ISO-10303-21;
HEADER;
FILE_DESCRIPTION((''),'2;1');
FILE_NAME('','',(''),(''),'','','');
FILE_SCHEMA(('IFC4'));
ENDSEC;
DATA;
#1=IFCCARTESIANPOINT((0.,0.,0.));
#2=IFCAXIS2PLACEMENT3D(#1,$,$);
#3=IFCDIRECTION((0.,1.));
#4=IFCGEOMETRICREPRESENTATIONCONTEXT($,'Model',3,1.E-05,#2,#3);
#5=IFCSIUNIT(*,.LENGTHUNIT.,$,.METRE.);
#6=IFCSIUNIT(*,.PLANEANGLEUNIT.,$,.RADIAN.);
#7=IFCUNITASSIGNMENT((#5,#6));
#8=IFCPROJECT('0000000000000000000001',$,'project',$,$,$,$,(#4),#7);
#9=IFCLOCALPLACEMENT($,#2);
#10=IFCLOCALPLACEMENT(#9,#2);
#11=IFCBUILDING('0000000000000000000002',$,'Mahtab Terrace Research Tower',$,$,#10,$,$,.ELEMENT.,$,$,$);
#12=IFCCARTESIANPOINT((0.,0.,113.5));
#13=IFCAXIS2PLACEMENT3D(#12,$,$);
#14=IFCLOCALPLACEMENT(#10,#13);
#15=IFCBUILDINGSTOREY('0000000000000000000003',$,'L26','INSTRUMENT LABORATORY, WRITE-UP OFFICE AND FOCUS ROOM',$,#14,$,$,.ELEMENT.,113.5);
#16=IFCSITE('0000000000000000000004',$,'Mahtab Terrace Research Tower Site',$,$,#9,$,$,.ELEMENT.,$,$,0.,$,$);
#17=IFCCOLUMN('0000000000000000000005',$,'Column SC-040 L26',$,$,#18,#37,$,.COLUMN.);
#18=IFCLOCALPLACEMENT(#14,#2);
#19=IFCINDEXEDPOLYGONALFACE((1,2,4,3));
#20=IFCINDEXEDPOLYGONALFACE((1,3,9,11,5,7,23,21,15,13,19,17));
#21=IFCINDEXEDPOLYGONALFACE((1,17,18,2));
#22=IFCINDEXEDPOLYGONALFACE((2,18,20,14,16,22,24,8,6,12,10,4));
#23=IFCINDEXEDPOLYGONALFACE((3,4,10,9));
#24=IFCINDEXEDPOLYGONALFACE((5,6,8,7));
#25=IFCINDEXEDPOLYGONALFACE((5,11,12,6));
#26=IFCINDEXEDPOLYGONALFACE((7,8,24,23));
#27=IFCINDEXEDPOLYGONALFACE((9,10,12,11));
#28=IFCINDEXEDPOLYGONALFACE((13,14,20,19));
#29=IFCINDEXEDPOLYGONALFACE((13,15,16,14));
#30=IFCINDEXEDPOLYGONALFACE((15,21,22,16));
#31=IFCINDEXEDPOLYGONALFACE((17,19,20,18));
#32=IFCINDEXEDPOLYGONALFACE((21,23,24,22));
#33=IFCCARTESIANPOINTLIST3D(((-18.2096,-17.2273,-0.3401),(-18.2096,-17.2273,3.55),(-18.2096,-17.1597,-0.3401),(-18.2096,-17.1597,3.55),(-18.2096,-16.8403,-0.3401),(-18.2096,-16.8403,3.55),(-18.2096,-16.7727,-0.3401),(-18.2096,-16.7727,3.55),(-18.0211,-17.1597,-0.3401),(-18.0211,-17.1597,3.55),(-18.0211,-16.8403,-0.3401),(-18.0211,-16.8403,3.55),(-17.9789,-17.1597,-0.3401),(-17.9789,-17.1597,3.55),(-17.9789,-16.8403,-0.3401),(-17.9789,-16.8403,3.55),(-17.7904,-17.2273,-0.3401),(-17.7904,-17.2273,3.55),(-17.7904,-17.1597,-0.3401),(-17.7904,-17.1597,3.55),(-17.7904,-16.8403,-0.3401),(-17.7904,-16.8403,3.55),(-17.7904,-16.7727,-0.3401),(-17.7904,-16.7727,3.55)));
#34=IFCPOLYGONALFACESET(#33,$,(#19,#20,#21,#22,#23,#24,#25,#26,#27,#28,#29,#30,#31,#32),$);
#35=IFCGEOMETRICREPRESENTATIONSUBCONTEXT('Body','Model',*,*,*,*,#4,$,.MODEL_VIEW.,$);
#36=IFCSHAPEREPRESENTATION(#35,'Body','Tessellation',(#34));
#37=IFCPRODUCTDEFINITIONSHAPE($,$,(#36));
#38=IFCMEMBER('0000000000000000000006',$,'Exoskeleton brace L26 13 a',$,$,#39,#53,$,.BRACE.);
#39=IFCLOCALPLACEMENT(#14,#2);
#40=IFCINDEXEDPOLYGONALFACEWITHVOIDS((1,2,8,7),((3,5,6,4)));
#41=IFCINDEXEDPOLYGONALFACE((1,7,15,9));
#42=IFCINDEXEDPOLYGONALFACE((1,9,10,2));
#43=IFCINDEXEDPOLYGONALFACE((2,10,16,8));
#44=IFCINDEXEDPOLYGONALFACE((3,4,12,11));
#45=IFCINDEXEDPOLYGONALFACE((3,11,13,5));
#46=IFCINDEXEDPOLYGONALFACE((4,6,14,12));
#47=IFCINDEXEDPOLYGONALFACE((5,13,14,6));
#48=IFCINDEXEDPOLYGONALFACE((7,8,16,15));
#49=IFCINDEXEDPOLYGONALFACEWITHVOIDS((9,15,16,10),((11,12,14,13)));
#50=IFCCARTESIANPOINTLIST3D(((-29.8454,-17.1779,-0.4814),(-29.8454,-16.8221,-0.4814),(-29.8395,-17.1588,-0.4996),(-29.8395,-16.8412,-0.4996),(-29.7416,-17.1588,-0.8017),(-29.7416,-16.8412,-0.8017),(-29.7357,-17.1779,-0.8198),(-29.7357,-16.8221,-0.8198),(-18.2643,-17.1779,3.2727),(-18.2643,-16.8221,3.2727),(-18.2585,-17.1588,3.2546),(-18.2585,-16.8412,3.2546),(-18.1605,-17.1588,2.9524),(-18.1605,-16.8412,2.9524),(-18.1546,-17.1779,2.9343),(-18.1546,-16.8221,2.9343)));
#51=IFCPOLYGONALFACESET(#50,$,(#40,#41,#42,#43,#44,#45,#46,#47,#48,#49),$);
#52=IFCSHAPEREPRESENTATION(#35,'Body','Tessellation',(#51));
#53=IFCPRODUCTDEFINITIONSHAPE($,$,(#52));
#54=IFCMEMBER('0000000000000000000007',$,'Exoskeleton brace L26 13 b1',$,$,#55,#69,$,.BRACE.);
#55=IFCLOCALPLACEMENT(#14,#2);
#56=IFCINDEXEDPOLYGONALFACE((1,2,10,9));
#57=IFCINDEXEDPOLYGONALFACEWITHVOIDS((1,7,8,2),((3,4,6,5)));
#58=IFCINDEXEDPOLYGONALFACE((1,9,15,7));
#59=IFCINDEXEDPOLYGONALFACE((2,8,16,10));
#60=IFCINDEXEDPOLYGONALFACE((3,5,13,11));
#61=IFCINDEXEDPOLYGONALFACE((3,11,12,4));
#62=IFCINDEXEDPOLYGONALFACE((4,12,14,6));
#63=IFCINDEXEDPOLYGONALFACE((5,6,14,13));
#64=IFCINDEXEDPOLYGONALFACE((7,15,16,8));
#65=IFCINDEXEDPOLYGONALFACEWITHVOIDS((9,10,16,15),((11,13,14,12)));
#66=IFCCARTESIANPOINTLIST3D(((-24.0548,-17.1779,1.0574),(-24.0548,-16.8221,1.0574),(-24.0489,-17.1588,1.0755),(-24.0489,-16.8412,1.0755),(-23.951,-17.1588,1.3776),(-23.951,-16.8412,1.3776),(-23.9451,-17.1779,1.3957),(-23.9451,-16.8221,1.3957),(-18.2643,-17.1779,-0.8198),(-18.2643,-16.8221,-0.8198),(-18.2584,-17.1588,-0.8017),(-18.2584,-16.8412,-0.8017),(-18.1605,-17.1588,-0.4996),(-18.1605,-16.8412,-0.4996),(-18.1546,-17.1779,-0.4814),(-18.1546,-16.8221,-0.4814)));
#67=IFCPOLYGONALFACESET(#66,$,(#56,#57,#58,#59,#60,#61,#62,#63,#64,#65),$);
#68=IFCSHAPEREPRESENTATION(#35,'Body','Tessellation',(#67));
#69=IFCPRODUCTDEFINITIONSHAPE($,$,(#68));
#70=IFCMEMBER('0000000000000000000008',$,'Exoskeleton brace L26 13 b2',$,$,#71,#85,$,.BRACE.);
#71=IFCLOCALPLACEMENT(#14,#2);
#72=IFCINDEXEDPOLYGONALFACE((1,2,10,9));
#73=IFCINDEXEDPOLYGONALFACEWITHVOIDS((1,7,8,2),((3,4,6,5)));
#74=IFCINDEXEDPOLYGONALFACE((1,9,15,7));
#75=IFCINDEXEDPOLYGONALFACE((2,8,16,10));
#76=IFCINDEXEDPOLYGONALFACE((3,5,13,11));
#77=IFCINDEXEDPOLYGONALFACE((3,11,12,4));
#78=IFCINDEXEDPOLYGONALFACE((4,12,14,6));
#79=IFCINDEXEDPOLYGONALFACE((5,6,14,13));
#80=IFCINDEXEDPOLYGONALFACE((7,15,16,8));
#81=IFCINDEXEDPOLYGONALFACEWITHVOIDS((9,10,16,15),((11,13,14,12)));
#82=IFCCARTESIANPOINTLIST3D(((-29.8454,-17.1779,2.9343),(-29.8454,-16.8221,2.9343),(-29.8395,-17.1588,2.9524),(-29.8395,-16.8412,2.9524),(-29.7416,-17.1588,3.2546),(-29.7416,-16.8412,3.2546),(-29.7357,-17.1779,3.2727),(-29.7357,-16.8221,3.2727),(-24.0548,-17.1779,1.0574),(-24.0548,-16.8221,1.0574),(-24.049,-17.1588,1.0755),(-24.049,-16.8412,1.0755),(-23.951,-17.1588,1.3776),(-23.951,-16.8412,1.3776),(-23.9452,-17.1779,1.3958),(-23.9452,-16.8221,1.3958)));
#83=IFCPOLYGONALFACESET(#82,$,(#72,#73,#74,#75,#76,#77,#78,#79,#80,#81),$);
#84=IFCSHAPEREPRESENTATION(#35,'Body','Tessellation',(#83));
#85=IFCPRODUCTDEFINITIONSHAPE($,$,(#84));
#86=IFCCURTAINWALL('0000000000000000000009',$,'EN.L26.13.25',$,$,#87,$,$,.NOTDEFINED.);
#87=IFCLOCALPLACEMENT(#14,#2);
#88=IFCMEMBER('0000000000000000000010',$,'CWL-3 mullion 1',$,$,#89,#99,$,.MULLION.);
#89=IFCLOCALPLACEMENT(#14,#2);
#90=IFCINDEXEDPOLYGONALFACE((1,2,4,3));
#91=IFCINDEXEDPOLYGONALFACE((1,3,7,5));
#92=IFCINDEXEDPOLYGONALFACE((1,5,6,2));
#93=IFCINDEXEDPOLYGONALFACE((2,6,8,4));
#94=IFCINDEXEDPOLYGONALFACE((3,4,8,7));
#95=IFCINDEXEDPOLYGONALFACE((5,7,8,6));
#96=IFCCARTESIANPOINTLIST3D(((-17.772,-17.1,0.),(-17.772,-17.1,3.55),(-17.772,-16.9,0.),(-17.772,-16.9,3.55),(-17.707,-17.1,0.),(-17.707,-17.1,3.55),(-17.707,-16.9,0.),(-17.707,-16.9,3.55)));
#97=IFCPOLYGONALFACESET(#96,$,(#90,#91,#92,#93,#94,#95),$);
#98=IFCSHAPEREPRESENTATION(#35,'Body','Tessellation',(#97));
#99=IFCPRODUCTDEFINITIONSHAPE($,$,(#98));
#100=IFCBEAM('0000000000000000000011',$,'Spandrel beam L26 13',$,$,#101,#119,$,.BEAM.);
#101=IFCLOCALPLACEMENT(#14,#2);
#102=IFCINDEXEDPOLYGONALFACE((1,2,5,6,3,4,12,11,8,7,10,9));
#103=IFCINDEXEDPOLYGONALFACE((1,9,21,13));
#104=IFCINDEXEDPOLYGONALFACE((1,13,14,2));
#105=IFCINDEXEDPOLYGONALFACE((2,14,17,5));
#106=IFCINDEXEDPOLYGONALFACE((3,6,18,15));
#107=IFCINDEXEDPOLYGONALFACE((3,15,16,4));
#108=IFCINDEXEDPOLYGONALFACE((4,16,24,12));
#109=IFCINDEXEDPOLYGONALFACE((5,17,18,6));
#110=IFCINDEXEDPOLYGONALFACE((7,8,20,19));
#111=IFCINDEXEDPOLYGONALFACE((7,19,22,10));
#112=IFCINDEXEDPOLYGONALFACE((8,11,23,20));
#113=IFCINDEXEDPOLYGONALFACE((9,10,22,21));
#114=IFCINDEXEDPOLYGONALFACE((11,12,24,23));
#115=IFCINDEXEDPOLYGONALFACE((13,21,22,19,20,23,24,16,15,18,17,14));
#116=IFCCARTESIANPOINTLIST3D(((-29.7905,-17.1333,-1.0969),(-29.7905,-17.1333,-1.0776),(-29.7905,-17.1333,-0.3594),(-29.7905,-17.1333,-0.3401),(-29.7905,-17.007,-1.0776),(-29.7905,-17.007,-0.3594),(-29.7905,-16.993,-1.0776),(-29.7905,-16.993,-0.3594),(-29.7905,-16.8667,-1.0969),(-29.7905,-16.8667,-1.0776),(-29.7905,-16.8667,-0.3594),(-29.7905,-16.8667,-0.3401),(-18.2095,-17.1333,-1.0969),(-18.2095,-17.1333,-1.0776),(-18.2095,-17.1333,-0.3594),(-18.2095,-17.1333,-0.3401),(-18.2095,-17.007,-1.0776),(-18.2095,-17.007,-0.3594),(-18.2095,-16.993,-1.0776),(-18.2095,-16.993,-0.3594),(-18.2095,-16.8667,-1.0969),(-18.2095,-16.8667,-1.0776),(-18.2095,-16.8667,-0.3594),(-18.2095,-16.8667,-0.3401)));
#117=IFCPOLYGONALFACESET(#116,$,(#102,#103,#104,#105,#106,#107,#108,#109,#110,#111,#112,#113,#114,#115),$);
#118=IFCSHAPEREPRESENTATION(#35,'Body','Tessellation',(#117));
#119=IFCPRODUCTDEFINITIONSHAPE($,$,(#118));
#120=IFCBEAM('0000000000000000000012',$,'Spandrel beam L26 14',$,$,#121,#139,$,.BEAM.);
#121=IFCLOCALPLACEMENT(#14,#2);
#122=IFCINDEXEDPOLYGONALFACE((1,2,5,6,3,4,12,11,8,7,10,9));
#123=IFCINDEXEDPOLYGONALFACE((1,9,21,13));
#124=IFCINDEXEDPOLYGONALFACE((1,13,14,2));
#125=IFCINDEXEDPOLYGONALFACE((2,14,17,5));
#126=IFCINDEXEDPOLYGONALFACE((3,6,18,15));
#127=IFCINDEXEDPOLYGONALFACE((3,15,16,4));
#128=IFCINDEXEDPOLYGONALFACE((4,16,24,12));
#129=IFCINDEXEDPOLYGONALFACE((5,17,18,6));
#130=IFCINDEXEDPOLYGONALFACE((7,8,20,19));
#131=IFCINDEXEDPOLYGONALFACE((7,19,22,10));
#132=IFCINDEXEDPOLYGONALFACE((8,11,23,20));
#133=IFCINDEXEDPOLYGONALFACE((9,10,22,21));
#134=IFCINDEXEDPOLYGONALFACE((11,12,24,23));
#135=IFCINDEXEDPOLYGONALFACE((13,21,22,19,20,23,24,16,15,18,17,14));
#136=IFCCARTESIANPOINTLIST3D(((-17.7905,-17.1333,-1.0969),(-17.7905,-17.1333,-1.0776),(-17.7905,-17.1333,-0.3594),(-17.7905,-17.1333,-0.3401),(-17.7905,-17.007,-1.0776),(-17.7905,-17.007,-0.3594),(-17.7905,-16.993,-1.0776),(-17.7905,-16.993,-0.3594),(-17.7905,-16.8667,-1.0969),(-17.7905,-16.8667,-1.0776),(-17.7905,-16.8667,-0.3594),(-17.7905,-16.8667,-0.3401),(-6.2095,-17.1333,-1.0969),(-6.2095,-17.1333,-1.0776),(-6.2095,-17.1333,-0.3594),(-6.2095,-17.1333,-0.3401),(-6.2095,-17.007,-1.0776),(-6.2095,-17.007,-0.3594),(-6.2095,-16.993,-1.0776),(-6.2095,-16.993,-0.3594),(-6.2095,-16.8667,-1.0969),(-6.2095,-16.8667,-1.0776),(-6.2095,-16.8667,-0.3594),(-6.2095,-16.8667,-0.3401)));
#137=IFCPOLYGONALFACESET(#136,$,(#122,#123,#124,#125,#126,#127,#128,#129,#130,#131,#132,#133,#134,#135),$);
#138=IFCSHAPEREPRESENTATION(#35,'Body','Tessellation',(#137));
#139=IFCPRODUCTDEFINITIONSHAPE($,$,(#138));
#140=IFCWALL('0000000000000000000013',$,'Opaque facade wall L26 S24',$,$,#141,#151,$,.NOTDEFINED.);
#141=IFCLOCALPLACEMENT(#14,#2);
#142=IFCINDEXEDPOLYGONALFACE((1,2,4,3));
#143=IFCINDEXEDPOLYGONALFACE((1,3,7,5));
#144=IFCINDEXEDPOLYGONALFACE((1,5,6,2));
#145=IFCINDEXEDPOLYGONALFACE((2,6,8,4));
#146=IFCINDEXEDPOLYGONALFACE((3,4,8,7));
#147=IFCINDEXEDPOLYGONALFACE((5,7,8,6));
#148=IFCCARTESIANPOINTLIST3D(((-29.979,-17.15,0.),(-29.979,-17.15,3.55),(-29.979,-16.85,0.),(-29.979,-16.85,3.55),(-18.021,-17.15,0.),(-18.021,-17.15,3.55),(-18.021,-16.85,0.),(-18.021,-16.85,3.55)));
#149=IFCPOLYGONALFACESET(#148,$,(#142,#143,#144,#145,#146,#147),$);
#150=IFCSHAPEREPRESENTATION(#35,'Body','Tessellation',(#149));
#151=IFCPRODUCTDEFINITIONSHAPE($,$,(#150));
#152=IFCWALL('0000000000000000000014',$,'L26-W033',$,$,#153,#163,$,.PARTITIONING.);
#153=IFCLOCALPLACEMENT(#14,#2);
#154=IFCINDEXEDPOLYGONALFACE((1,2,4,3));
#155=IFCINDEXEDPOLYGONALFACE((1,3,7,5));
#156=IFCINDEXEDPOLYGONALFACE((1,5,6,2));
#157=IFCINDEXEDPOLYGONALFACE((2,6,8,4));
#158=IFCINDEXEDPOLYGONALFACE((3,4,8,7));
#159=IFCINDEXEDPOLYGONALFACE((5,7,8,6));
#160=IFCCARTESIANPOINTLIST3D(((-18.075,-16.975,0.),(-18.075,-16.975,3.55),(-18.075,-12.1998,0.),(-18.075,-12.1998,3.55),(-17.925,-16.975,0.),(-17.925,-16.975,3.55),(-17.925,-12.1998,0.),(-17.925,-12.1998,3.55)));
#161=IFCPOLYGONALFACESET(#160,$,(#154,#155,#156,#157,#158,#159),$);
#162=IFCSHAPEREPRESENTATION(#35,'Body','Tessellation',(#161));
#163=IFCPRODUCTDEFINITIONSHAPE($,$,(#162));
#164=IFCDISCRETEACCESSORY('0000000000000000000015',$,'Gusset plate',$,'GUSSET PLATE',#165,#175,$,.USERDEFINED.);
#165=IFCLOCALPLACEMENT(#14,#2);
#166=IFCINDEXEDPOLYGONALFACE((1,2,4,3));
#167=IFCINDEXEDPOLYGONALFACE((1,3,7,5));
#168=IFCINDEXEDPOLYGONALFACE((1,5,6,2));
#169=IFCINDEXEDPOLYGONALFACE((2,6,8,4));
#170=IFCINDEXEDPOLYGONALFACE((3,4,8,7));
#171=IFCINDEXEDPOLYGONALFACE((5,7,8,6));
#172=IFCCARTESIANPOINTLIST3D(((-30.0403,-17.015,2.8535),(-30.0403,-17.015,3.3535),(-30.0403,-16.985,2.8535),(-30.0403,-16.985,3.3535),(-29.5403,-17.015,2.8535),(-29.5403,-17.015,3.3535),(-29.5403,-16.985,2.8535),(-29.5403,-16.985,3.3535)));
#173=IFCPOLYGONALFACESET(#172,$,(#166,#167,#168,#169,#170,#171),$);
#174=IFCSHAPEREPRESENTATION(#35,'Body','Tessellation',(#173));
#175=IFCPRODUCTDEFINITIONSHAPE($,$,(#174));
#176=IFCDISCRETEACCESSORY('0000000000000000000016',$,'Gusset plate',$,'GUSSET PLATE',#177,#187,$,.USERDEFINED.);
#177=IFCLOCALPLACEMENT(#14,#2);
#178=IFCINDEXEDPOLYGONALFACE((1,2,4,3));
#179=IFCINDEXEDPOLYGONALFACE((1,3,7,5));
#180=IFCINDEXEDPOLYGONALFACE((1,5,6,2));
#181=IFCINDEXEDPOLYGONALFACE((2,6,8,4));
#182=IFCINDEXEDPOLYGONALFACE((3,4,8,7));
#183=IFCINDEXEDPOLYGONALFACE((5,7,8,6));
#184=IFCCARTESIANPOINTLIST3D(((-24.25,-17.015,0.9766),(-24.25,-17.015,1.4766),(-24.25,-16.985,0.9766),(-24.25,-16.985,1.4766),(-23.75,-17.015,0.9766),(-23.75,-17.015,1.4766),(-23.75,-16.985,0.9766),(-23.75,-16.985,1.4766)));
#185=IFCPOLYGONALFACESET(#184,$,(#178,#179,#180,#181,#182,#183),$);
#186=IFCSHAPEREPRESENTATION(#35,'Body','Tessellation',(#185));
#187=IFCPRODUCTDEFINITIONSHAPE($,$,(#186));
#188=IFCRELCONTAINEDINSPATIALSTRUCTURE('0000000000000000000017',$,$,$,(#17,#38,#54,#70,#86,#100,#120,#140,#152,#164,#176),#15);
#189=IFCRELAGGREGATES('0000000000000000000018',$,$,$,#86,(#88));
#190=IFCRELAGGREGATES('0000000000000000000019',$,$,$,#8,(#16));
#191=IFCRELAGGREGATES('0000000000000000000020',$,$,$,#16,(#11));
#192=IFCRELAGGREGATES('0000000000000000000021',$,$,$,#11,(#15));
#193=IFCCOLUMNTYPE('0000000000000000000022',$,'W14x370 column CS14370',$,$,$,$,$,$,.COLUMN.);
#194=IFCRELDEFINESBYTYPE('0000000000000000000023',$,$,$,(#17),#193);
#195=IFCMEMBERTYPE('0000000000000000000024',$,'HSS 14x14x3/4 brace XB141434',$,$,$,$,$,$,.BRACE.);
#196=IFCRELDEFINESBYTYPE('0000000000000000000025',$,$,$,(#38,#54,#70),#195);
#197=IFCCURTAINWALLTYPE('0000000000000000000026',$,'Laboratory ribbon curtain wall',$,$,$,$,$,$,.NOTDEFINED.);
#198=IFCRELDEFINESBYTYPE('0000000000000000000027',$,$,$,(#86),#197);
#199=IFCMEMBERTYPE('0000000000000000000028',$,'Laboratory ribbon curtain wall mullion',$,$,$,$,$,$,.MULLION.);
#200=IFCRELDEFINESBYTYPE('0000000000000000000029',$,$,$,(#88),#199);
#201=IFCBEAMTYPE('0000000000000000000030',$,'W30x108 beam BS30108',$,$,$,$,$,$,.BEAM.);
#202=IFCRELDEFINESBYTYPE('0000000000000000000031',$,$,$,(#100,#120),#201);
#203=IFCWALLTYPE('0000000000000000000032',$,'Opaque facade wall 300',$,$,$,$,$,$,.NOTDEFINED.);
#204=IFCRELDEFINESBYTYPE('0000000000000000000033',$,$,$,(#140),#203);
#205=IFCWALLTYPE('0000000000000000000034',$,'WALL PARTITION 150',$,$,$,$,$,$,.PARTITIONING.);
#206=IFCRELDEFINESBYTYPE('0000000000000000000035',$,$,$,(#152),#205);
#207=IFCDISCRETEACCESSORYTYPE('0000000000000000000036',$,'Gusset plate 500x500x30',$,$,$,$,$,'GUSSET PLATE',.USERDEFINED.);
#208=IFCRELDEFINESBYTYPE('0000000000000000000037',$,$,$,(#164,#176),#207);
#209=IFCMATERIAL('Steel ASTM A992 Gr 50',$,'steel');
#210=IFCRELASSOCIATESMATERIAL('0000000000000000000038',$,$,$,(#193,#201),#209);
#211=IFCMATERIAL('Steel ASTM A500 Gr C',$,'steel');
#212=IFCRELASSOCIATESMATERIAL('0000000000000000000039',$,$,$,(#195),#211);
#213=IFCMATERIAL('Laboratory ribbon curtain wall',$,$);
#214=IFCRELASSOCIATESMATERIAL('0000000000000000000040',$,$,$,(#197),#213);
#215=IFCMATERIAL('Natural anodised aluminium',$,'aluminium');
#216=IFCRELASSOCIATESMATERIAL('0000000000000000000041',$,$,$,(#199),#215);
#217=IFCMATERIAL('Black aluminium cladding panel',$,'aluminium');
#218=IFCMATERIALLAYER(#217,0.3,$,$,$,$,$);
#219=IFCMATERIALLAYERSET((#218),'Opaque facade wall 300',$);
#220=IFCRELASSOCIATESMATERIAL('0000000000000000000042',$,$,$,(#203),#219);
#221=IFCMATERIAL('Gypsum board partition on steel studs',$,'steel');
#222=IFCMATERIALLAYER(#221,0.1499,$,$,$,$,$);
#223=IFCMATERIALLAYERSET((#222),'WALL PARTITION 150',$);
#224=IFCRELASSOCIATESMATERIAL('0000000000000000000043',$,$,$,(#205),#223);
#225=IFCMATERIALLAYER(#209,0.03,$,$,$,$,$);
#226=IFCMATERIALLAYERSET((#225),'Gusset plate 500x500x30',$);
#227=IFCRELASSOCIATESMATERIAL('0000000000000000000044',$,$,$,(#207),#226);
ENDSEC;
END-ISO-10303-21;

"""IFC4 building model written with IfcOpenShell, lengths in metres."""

from ifc_helpers import new_model, si_unit, direction, frame, frame_2d, origin, origin_2d, place, context, subcontext, project, spatial, rectangle, hollow_rectangle, i_section, extrude, material, layer, layer_set, material_profile, profile_set, type_object, element, aggregate, save


model = new_model("IFC4")

# Units and contexts
model_context = context("Model", 3, precision=1e-05, world=origin(), true_north=direction((0.0, 1.0)))
body_context = subcontext(model_context, "Body", "Model", "MODEL_VIEW")
ifc_project = project(units=[si_unit("LENGTHUNIT", "METRE"), si_unit("PLANEANGLEUNIT", "RADIAN")], contexts=[model_context])

# Site, building, storey
site_placement = place(None, origin())
site = spatial("IfcSite", under=ifc_project, at=site_placement, Name="Mahtab Terrace Research Tower Site", CompositionType="ELEMENT", RefElevation=0.0)
building_placement = place(site_placement, origin())
building = spatial("IfcBuilding", under=site, at=building_placement, Name="Mahtab Terrace Research Tower", CompositionType="ELEMENT")
storey_placement = place(building_placement, frame((0.0, 0.0, 113.5)))
storey = spatial("IfcBuildingStorey", under=building, at=storey_placement, Name="L26", Description="INSTRUMENT LABORATORY, WRITE-UP OFFICE AND FOCUS ROOM", CompositionType="ELEMENT", Elevation=113.5)

# Column
ifc_material_1 = material(Name="Steel ASTM A992 Gr 50", Category="steel")
ifc_material_profile_1 = material_profile(ifc_material_1, i_section(OverallWidth=0.4192, OverallDepth=0.4546, WebThickness=0.0422, FlangeThickness=0.0676, at=origin_2d()), Name="W14X370")
ifc_profile_set_1 = profile_set([ifc_material_profile_1], Name="Steel ASTM A992 Gr 50")
column_type = type_object("IfcColumnType", Name="W14x370 column CS14370", PredefinedType="COLUMN", material=ifc_profile_set_1)
column_placement = place(storey_placement, frame((-18.0, -17.0, -0.3401), z_axis=(0.0, 0.0, 1.0), x_axis=(1.0, 0.0, 0.0)))
element("IfcColumn", 1, at=column_placement, inside=storey, type_object=column_type, Name="Column SC-040 L26", PredefinedType="COLUMN", context=body_context, shape_type="SweptSolid", body=[
    extrude(i_section(OverallWidth=0.4192, OverallDepth=0.4546, WebThickness=0.0422, FlangeThickness=0.0676, at=origin_2d()), origin(), (0.0, 0.0, 1.0), 3.8901),
])

# Members
ifc_material_2 = material(Name="Steel ASTM A500 Gr C", Category="steel")
ifc_material_profile_2 = material_profile(ifc_material_2, hollow_rectangle(XDim=0.3557, YDim=0.3557, WallThickness=0.019, at=origin_2d()), Name="HSS14X14X3/4")
ifc_profile_set_2 = profile_set([ifc_material_profile_2], Name="Steel ASTM A500 Gr C")
member_type_1 = type_object("IfcMemberType", Name="HSS 14x14x3/4 brace XB141434", PredefinedType="BRACE", material=ifc_profile_set_2)
member_1_placement = place(storey_placement, frame((-29.7905, -17.0, -0.6506), z_axis=(0.951268, 0.0, 0.308366), x_axis=(0.0, 1.0, 0.0)))
element("IfcMember", 2, at=member_1_placement, inside=storey, type_object=member_type_1, Name="Exoskeleton brace L26 13 a", PredefinedType="BRACE", context=body_context, shape_type="SweptSolid", body=[
    extrude(hollow_rectangle(XDim=0.3557, YDim=0.3557, WallThickness=0.019, at=origin_2d()), origin(), (0.0, 0.0, 1.0), 12.1743),
])
for number, where, z_axis, x_axis, name in (
    (3, (-18.2095, -17.0, -0.6506), (-0.951262, 0.0, 0.308384), (0.0, -1.0, 0.0), "Exoskeleton brace L26 13 b1"),
    (4, (-24.0, -17.0, 1.2266), (-0.951274, 0.0, 0.308348), (0.0, -1.0, 0.0), "Exoskeleton brace L26 13 b2"),
):
    element("IfcMember", number, at=place(storey_placement, frame(where, z_axis=z_axis, x_axis=x_axis)), inside=storey, type_object=member_type_1, Name=name, PredefinedType="BRACE", context=body_context, shape_type="SweptSolid", body=[
        extrude(hollow_rectangle(XDim=0.3557, YDim=0.3557, WallThickness=0.019, at=origin_2d()), origin(), (0.0, 0.0, 1.0), 6.0872),
    ])

# Curtain wall, member
ifc_material_3 = material(Name="Laboratory ribbon curtain wall")
curtain_wall_type = type_object("IfcCurtainWallType", Name="Laboratory ribbon curtain wall", PredefinedType="NOTDEFINED", material=ifc_material_3)
curtain_wall_placement = place(storey_placement, origin())
curtain_wall = element("IfcCurtainWall", 5, at=curtain_wall_placement, inside=storey, type_object=curtain_wall_type, Name="EN.L26.13.25", PredefinedType="NOTDEFINED")
ifc_material_4 = material(Name="Natural anodised aluminium", Category="aluminium")
ifc_material_profile_3 = material_profile(ifc_material_4, rectangle(XDim=0.2, YDim=0.0649, at=origin_2d()), Name="MULLION 65x200")
ifc_profile_set_3 = profile_set([ifc_material_profile_3], Name="Natural anodised aluminium")
member_type_2 = type_object("IfcMemberType", Name="Laboratory ribbon curtain wall mullion", PredefinedType="MULLION", material=ifc_profile_set_3)
member_2_placement = place(storey_placement, frame((-17.7395, -17.0, 0.0), z_axis=(0.0, 0.0, 1.0), x_axis=(0.0, 1.0, 0.0)))
member_2 = element("IfcMember", 6, at=member_2_placement, type_object=member_type_2, Name="CWL-3 mullion 1", PredefinedType="MULLION", context=body_context, shape_type="SweptSolid", body=[
    extrude(rectangle(XDim=0.2, YDim=0.0649, at=origin_2d()), origin(), (0.0, 0.0, 1.0), 3.55),
])
aggregate(curtain_wall, [member_2])

# Beams
ifc_material_profile_4 = material_profile(ifc_material_1, i_section(OverallWidth=0.2666, OverallDepth=0.7568, WebThickness=0.0139, FlangeThickness=0.0193, at=origin_2d()), Name="W30X108")
ifc_profile_set_4 = profile_set([ifc_material_profile_4], Name="Steel ASTM A992 Gr 50")
beam_type = type_object("IfcBeamType", Name="W30x108 beam BS30108", PredefinedType="BEAM", material=ifc_profile_set_4)
for number, where, z_axis, x_axis, name in (
    (7, (-29.7905, -17.0, -0.7185), (1.0, 0.0, 0.0), (0.0, 1.0, 0.0), "Spandrel beam L26 13"),
    (8, (-17.7905, -17.0, -0.7185), (1.0, 0.0, 0.0), (0.0, 1.0, 0.0), "Spandrel beam L26 14"),
):
    element("IfcBeam", number, at=place(storey_placement, frame(where, z_axis=z_axis, x_axis=x_axis)), inside=storey, type_object=beam_type, Name=name, PredefinedType="BEAM", context=body_context, shape_type="SweptSolid", body=[
        extrude(i_section(OverallWidth=0.2666, OverallDepth=0.7568, WebThickness=0.0139, FlangeThickness=0.0193, at=origin_2d()), origin(), (0.0, 0.0, 1.0), 11.5811),
    ])

# Walls
ifc_material_5 = material(Name="Black aluminium cladding panel", Category="aluminium")
ifc_layer_1 = layer(ifc_material_5, 0.3)
ifc_layer_set_1 = layer_set([ifc_layer_1], Name="Opaque facade wall 300")
wall_type_1 = type_object("IfcWallType", Name="Opaque facade wall 300", PredefinedType="NOTDEFINED", material=ifc_layer_set_1)
wall_1_placement = place(storey_placement, frame((-29.979, -17.0, 0.0), z_axis=(0.0, 0.0, 1.0), x_axis=(1.0, 0.0, 0.0)))
element("IfcWall", 9, at=wall_1_placement, inside=storey, type_object=wall_type_1, Name="Opaque facade wall L26 S24", PredefinedType="NOTDEFINED", context=body_context, shape_type="SweptSolid", body=[
    extrude(rectangle(XDim=11.958, YDim=0.3, at=frame_2d((5.979, 0.0))), origin(), (0.0, 0.0, 1.0), 3.55),
])
ifc_material_6 = material(Name="Gypsum board partition on steel studs", Category="steel")
ifc_layer_2 = layer(ifc_material_6, 0.1499)
ifc_layer_set_2 = layer_set([ifc_layer_2], Name="WALL PARTITION 150")
wall_type_2 = type_object("IfcWallType", Name="WALL PARTITION 150", PredefinedType="PARTITIONING", material=ifc_layer_set_2)
wall_2_placement = place(storey_placement, frame((-18.0, -16.9751, 0.0), z_axis=(0.0, 0.0, 1.0), x_axis=(0.0, 1.0, 0.0)))
element("IfcWall", 10, at=wall_2_placement, inside=storey, type_object=wall_type_2, Name="L26-W033", PredefinedType="PARTITIONING", context=body_context, shape_type="SweptSolid", body=[
    extrude(rectangle(XDim=4.7751, YDim=0.1499, at=frame_2d((2.3877, 0.0))), origin(), (0.0, 0.0, 1.0), 3.55),
])

# Discrete accessories
ifc_layer_3 = layer(ifc_material_1, 0.03)
ifc_layer_set_3 = layer_set([ifc_layer_3], Name="Gusset plate 500x500x30")
discrete_accessory_type = type_object("IfcDiscreteAccessoryType", Name="Gusset plate 500x500x30", ElementType="GUSSET PLATE", PredefinedType="USERDEFINED", material=ifc_layer_set_3)
for number, where, z_axis, x_axis, name in (
    (11, (-29.7903, -17.0, 2.8535), (0.0, 0.0, 1.0), (1.0, 0.0, 0.0), "Gusset plate"),
    (12, (-24.0, -17.0, 0.9766), (0.0, 0.0, 1.0), (1.0, 0.0, 0.0), "Gusset plate"),
):
    element("IfcDiscreteAccessory", number, at=place(storey_placement, frame(where, z_axis=z_axis, x_axis=x_axis)), inside=storey, type_object=discrete_accessory_type, Name=name, ObjectType="GUSSET PLATE", PredefinedType="USERDEFINED", context=body_context, shape_type="SweptSolid", body=[
        extrude(rectangle(XDim=0.5, YDim=0.03, at=origin_2d()), origin(), (0.0, 0.0, 1.0), 0.5),
    ])

save(model, "model.ifc")
